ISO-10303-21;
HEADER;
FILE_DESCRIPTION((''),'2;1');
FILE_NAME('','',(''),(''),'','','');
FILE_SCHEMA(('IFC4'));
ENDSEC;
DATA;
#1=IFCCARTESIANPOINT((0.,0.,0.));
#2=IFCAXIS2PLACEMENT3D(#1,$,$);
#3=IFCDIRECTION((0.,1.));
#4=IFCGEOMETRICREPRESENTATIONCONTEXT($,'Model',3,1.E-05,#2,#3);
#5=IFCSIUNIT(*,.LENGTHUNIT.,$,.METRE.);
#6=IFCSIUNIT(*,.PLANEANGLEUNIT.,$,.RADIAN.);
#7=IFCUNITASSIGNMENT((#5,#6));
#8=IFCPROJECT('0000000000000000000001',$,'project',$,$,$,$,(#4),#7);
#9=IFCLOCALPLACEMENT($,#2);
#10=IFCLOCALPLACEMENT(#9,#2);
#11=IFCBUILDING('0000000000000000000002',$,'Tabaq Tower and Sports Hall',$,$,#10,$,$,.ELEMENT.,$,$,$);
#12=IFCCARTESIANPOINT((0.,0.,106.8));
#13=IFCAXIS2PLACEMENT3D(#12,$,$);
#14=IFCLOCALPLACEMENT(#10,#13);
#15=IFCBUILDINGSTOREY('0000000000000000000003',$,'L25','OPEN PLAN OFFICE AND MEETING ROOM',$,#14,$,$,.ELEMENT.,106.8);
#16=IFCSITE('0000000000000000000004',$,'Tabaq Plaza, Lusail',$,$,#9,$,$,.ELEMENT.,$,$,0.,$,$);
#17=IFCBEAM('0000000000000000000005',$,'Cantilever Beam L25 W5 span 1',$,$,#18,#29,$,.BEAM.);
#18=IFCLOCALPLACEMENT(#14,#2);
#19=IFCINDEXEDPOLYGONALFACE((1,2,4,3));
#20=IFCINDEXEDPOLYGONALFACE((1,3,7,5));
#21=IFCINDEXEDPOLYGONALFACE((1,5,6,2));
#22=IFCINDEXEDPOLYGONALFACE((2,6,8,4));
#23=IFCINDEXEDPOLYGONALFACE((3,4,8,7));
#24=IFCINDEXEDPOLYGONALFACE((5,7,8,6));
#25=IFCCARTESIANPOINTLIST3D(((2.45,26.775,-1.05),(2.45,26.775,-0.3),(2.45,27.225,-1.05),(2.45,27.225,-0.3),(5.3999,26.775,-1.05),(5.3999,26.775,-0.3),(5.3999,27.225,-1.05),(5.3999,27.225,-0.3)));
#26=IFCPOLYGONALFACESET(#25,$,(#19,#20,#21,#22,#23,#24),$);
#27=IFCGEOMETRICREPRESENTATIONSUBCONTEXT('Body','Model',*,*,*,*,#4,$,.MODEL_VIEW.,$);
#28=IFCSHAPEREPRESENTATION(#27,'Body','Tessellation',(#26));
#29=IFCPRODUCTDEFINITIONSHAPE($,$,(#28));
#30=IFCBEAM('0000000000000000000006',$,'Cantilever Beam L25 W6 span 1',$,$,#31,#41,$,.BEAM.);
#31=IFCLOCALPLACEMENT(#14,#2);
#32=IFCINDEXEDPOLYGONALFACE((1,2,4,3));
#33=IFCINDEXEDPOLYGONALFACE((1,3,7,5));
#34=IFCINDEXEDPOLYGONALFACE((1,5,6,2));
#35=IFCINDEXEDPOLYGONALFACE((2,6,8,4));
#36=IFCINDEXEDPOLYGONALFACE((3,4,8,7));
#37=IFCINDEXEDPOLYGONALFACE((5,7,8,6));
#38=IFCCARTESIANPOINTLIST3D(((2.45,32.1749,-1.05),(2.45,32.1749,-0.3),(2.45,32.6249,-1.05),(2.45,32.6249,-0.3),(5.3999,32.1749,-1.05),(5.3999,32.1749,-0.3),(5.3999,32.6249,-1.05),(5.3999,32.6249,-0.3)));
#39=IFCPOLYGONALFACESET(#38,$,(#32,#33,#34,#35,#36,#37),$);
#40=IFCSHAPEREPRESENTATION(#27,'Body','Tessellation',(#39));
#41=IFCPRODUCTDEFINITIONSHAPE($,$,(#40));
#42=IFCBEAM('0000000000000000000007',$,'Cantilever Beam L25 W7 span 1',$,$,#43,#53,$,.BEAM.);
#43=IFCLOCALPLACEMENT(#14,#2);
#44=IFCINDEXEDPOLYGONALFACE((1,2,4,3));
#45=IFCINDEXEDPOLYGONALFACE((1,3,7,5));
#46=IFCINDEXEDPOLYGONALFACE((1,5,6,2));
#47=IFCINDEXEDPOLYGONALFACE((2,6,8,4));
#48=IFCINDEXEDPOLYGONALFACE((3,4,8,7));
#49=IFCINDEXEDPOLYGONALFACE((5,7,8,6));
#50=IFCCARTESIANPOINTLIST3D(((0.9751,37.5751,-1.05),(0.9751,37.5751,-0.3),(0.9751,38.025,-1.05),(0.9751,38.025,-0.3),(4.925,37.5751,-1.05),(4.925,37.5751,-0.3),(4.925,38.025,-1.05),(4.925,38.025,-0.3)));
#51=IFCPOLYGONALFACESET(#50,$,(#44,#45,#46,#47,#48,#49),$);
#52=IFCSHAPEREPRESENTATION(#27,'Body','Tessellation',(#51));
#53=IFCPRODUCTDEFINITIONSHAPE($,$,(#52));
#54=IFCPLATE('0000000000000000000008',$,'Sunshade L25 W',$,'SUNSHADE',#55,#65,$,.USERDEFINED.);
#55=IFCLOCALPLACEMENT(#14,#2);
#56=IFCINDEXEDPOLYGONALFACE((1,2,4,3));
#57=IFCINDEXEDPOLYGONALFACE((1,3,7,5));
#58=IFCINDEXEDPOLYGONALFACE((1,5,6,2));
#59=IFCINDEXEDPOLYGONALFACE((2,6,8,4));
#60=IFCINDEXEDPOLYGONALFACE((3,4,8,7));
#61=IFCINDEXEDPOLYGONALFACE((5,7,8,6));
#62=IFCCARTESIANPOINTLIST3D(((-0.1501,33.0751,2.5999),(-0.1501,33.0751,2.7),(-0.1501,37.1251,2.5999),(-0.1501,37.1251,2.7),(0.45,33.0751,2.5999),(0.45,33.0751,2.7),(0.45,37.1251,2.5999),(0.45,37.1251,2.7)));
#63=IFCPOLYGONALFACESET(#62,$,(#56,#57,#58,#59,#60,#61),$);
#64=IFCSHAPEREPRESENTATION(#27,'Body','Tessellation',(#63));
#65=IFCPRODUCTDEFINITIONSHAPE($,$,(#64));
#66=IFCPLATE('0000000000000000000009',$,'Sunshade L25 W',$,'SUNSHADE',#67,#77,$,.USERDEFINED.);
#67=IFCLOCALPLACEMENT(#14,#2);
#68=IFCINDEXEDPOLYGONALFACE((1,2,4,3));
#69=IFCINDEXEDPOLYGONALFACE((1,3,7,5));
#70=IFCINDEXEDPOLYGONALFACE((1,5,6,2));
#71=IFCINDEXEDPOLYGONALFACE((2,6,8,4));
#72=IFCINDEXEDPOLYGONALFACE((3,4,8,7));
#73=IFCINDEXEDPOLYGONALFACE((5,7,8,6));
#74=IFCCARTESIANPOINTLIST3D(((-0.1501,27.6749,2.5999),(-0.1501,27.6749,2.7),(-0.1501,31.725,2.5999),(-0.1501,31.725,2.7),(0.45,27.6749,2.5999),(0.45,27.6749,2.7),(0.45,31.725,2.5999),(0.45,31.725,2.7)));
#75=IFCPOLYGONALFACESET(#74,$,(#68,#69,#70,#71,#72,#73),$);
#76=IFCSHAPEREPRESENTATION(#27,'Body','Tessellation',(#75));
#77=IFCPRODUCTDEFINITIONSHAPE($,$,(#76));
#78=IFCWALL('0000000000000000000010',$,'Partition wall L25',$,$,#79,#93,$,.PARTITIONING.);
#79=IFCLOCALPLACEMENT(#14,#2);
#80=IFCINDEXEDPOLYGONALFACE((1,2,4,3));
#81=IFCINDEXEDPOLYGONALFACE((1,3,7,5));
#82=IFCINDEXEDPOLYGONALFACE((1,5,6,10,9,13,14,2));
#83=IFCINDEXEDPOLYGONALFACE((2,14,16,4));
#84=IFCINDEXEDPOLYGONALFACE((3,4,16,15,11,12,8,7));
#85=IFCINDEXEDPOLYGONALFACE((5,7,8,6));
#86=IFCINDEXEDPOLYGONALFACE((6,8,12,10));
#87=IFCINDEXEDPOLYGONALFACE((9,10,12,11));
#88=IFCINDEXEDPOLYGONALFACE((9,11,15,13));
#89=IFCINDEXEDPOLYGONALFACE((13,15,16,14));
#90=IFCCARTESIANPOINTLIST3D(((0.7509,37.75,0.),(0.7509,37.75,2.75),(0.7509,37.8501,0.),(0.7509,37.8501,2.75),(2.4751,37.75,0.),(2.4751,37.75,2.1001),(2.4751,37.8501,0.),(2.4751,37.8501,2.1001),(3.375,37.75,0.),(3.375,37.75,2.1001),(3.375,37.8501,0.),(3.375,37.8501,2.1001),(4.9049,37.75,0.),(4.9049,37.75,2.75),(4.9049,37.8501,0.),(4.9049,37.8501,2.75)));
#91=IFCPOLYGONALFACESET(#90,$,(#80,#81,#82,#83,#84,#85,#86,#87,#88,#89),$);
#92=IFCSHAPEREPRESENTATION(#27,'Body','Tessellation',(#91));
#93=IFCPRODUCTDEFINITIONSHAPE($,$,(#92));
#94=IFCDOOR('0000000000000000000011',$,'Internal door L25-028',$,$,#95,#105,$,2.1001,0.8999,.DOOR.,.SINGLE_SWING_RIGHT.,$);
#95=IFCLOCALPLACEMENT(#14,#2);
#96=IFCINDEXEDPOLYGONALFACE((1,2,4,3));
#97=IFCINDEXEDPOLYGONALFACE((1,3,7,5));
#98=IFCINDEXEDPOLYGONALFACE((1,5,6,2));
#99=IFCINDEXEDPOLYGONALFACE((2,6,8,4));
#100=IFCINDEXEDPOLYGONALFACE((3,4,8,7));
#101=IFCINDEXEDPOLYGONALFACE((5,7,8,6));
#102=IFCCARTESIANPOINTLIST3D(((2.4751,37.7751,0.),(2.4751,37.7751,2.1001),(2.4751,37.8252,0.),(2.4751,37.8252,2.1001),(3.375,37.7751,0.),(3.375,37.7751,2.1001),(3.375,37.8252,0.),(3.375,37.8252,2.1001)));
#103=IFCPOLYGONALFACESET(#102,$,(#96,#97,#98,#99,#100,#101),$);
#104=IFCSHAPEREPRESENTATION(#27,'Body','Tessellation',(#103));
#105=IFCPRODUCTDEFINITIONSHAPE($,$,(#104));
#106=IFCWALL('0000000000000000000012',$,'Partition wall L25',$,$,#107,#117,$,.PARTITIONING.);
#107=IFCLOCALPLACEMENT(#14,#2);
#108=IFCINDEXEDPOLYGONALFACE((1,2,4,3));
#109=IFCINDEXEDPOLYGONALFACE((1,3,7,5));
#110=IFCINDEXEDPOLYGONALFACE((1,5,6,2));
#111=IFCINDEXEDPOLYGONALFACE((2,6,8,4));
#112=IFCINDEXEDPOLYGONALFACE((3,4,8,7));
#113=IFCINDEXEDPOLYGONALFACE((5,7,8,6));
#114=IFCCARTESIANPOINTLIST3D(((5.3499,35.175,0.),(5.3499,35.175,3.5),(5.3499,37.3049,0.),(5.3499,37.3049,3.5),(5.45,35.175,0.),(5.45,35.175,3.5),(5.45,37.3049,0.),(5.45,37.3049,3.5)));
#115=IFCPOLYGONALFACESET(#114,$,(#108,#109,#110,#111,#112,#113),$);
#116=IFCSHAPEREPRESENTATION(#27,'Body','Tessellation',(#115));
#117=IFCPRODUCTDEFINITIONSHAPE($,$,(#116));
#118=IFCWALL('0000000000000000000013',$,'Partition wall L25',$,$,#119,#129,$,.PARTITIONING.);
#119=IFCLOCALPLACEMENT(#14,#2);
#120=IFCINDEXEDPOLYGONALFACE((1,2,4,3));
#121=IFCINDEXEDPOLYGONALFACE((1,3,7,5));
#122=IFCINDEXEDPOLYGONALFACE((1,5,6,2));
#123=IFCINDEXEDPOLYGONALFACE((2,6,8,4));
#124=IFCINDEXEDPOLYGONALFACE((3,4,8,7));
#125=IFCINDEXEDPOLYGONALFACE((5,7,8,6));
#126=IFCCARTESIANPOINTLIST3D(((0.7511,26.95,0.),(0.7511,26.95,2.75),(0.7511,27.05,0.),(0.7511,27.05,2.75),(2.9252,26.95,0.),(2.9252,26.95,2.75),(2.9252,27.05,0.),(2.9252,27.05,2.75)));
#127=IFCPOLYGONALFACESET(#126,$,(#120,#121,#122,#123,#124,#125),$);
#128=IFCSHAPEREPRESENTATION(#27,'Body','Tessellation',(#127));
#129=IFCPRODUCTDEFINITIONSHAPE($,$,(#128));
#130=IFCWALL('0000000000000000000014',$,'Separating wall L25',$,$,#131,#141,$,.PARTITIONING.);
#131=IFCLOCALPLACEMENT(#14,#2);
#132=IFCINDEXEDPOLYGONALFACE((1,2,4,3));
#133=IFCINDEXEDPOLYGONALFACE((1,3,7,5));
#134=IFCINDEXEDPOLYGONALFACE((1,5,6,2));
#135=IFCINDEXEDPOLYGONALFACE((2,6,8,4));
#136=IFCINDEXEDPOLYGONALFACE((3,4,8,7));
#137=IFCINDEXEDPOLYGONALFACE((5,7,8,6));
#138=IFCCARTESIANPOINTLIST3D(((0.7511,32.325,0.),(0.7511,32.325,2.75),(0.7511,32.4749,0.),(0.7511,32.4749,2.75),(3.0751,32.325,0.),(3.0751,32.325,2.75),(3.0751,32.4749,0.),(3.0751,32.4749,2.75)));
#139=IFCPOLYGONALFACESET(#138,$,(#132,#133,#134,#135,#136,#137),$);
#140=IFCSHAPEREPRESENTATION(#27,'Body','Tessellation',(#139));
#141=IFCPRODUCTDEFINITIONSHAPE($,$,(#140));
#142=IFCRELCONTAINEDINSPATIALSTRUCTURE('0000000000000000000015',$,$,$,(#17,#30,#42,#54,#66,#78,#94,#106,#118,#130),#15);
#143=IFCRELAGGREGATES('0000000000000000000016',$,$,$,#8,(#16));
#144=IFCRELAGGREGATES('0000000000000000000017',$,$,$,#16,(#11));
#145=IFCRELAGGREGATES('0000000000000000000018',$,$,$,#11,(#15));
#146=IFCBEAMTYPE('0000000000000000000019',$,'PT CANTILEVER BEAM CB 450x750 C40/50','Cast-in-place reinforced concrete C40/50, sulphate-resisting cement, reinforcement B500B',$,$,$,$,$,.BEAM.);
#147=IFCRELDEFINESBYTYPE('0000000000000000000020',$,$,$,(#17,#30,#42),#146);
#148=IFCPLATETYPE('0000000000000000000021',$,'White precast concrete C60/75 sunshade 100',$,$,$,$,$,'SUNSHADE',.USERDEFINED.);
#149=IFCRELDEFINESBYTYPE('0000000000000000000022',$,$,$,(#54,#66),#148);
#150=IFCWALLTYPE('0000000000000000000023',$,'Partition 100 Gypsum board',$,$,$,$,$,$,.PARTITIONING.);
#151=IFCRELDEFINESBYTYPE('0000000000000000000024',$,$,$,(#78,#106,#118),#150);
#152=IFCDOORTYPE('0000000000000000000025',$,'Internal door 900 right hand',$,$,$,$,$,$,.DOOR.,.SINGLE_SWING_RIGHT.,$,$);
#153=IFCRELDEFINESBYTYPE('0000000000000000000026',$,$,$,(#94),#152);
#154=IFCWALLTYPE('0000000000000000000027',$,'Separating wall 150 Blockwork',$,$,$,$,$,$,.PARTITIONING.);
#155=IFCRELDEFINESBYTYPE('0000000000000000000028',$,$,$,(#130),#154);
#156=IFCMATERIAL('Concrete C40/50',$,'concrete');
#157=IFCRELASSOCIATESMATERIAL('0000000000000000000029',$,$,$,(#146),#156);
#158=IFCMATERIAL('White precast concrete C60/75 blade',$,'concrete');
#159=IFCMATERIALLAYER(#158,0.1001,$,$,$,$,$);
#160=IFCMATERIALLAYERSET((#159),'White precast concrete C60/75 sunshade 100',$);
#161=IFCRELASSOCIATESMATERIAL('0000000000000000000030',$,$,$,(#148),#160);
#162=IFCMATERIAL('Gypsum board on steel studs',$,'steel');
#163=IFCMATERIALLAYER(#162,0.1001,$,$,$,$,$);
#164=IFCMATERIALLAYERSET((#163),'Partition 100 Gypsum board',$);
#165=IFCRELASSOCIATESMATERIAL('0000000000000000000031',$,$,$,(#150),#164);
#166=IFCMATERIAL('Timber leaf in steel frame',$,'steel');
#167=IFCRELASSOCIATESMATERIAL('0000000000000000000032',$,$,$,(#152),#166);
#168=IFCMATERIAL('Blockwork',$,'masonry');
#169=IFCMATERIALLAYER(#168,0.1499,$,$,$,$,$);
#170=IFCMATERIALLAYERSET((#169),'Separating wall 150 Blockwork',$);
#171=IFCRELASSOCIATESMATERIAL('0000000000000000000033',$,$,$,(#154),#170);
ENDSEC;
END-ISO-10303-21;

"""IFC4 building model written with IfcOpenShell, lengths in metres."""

from ifc_helpers import new_model, si_unit, direction, frame, frame_2d, origin, origin_2d, place, context, subcontext, project, spatial, rectangle, extrude, material, layer, layer_set, material_profile, profile_set, type_object, element, fill, save


model = new_model("IFC4")

# Units and contexts
model_context = context("Model", 3, precision=1e-05, world=origin(), true_north=direction((0.0, 1.0)))
body_context = subcontext(model_context, "Body", "Model", "MODEL_VIEW")
ifc_project = project(units=[si_unit("LENGTHUNIT", "METRE"), si_unit("PLANEANGLEUNIT", "RADIAN")], contexts=[model_context])

# Site, building, storey
site_placement = place(None, origin())
site = spatial("IfcSite", under=ifc_project, at=site_placement, Name="Tabaq Plaza, Lusail", CompositionType="ELEMENT", RefElevation=0.0)
building_placement = place(site_placement, origin())
building = spatial("IfcBuilding", under=site, at=building_placement, Name="Tabaq Tower and Sports Hall", CompositionType="ELEMENT")
storey_placement = place(building_placement, frame((0.0, 0.0, 106.8)))
storey = spatial("IfcBuildingStorey", under=building, at=storey_placement, Name="L25", Description="OPEN PLAN OFFICE AND MEETING ROOM", CompositionType="ELEMENT", Elevation=106.8)

# Beams
ifc_material_1 = material(Name="Concrete C40/50", Category="concrete")
ifc_material_profile = material_profile(ifc_material_1, rectangle(XDim=0.45, YDim=0.75, at=origin_2d()), Name="CB 450x750")
ifc_profile_set = profile_set([ifc_material_profile], Name="Concrete C40/50")
beam_type = type_object("IfcBeamType", Name="PT CANTILEVER BEAM CB 450x750 C40/50", Description="Cast-in-place reinforced concrete C40/50, sulphate-resisting cement, reinforcement B500B", PredefinedType="BEAM", material=ifc_profile_set)
for number, where, z_axis, x_axis, name in (
    (1, (2.45, 27.0, -0.675), (1.0, 0.0, 0.0), (0.0, 1.0, 0.0), "Cantilever Beam L25 W5 span 1"),
    (2, (2.45, 32.3999, -0.675), (1.0, 0.0, 0.0), (0.0, 1.0, 0.0), "Cantilever Beam L25 W6 span 1"),
):
    element("IfcBeam", number, at=place(storey_placement, frame(where, z_axis=z_axis, x_axis=x_axis)), inside=storey, type_object=beam_type, Name=name, PredefinedType="BEAM", context=body_context, shape_type="SweptSolid", body=[
        extrude(rectangle(XDim=0.45, YDim=0.75, at=origin_2d()), origin(), (0.0, 0.0, 1.0), 2.95),
    ])
beam_placement = place(storey_placement, frame((0.9751, 37.8, -0.675), z_axis=(1.0, 0.0, 0.0), x_axis=(0.0, 1.0, 0.0)))
element("IfcBeam", 3, at=beam_placement, inside=storey, type_object=beam_type, Name="Cantilever Beam L25 W7 span 1", PredefinedType="BEAM", context=body_context, shape_type="SweptSolid", body=[
    extrude(rectangle(XDim=0.45, YDim=0.75, at=origin_2d()), origin(), (0.0, 0.0, 1.0), 3.95),
])

# Plates
ifc_material_2 = material(Name="White precast concrete C60/75 blade", Category="concrete")
ifc_layer_1 = layer(ifc_material_2, 0.1001)
ifc_layer_set_1 = layer_set([ifc_layer_1], Name="White precast concrete C60/75 sunshade 100")
plate_type = type_object("IfcPlateType", Name="White precast concrete C60/75 sunshade 100", ElementType="SUNSHADE", PredefinedType="USERDEFINED", material=ifc_layer_set_1)
for number, where, z_axis, x_axis, name in (
    (4, (0.1499, 35.1001, 2.5999), (0.0, 0.0, 1.0), (0.0, -1.0, 0.0), "Sunshade L25 W"),
    (5, (0.1499, 29.7, 2.5999), (0.0, 0.0, 1.0), (0.0, -1.0, 0.0), "Sunshade L25 W"),
):
    element("IfcPlate", number, at=place(storey_placement, frame(where, z_axis=z_axis, x_axis=x_axis)), inside=storey, type_object=plate_type, Name=name, ObjectType="SUNSHADE", PredefinedType="USERDEFINED", context=body_context, shape_type="SweptSolid", body=[
        extrude(rectangle(XDim=4.05, YDim=0.6001, at=origin_2d()), origin(), (0.0, 0.0, 1.0), 0.1001),
    ])

# Wall, opening, door
ifc_material_3 = material(Name="Gypsum board on steel studs", Category="steel")
ifc_layer_2 = layer(ifc_material_3, 0.1001)
ifc_layer_set_2 = layer_set([ifc_layer_2], Name="Partition 100 Gypsum board")
wall_type_1 = type_object("IfcWallType", Name="Partition 100 Gypsum board", PredefinedType="PARTITIONING", material=ifc_layer_set_2)
wall_1_placement = place(storey_placement, frame((4.905, 37.8, 0.0), z_axis=(0.0, 0.0, 1.0), x_axis=(-1.0, 0.0, 0.0)))
wall_1 = element("IfcWall", 6, at=wall_1_placement, inside=storey, type_object=wall_type_1, Name="Partition wall L25", PredefinedType="PARTITIONING", context=body_context, shape_type="SweptSolid", body=[
    extrude(rectangle(XDim=4.1541, YDim=0.1001, at=frame_2d((2.0771, 0.0))), origin(), (0.0, 0.0, 1.0), 2.75),
])
opening_1_placement = place(wall_1_placement, frame((1.53, 0.0, 0.0)))
opening_1 = element("IfcOpeningElement", 7, at=opening_1_placement, cuts=wall_1, PredefinedType="OPENING", context=body_context, shape_type="SweptSolid", body=[
    extrude(rectangle(XDim=0.8999, YDim=2.1001, at=frame_2d((0.45, 1.05))), frame((0.0, 0.05, 0.0), z_axis=(0.0, -1.0, 0.0), x_axis=(1.0, 0.0, 0.0)), (0.0, 0.0, 1.0), 0.1001),
])
ifc_material_4 = material(Name="Timber leaf in steel frame", Category="steel")
door_type_1 = type_object("IfcDoorType", Name="Internal door 900 right hand", OperationType="SINGLE_SWING_RIGHT", PredefinedType="DOOR", material=ifc_material_4)
door_1_placement = place(opening_1_placement, origin())
door_1 = element("IfcDoor", 8, at=door_1_placement, inside=storey, type_object=door_type_1, Name="Internal door L25-028", OperationType="SINGLE_SWING_RIGHT", OverallHeight=2.1001, OverallWidth=0.8999, PredefinedType="DOOR", context=body_context, shape_type="SweptSolid", body=[
    extrude(rectangle(XDim=0.8999, YDim=2.1001, at=frame_2d((0.45, 1.05))), frame((0.0, 0.0249, 0.0), z_axis=(0.0, -1.0, 0.0), x_axis=(1.0, 0.0, 0.0)), (0.0, 0.0, 1.0), 0.05),
])
fill(opening_1, door_1)

# Walls
wall_2_placement = place(storey_placement, frame((5.3999, 35.175, 0.0), z_axis=(0.0, 0.0, 1.0), x_axis=(0.0, 1.0, 0.0)))
element("IfcWall", 9, at=wall_2_placement, inside=storey, type_object=wall_type_1, Name="Partition wall L25", PredefinedType="PARTITIONING", context=body_context, shape_type="SweptSolid", body=[
    extrude(rectangle(XDim=2.1299, YDim=0.1001, at=frame_2d((1.0649, 0.0))), origin(), (0.0, 0.0, 1.0), 3.5),
])
wall_3_placement = place(storey_placement, frame((2.925, 27.0, 0.0), z_axis=(0.0, 0.0, 1.0), x_axis=(-1.0, 0.0, 0.0)))
element("IfcWall", 10, at=wall_3_placement, inside=storey, type_object=wall_type_1, Name="Partition wall L25", PredefinedType="PARTITIONING", context=body_context, shape_type="SweptSolid", body=[
    extrude(rectangle(XDim=2.1741, YDim=0.1001, at=frame_2d((1.0869, 0.0))), origin(), (0.0, 0.0, 1.0), 2.75),
])
ifc_material_5 = material(Name="Blockwork", Category="masonry")
ifc_layer_3 = layer(ifc_material_5, 0.1499)
ifc_layer_set_3 = layer_set([ifc_layer_3], Name="Separating wall 150 Blockwork")
wall_type_2 = type_object("IfcWallType", Name="Separating wall 150 Blockwork", PredefinedType="PARTITIONING", material=ifc_layer_set_3)
wall_4_placement = place(storey_placement, frame((0.751, 32.3999, 0.0), z_axis=(0.0, 0.0, 1.0), x_axis=(1.0, 0.0, 0.0)))
element("IfcWall", 11, at=wall_4_placement, inside=storey, type_object=wall_type_2, Name="Separating wall L25", PredefinedType="PARTITIONING", context=body_context, shape_type="SweptSolid", body=[
    extrude(rectangle(XDim=2.324, YDim=0.1499, at=frame_2d((1.1621, 0.0))), origin(), (0.0, 0.0, 1.0), 2.75),
])

save(model, "model.ifc")
